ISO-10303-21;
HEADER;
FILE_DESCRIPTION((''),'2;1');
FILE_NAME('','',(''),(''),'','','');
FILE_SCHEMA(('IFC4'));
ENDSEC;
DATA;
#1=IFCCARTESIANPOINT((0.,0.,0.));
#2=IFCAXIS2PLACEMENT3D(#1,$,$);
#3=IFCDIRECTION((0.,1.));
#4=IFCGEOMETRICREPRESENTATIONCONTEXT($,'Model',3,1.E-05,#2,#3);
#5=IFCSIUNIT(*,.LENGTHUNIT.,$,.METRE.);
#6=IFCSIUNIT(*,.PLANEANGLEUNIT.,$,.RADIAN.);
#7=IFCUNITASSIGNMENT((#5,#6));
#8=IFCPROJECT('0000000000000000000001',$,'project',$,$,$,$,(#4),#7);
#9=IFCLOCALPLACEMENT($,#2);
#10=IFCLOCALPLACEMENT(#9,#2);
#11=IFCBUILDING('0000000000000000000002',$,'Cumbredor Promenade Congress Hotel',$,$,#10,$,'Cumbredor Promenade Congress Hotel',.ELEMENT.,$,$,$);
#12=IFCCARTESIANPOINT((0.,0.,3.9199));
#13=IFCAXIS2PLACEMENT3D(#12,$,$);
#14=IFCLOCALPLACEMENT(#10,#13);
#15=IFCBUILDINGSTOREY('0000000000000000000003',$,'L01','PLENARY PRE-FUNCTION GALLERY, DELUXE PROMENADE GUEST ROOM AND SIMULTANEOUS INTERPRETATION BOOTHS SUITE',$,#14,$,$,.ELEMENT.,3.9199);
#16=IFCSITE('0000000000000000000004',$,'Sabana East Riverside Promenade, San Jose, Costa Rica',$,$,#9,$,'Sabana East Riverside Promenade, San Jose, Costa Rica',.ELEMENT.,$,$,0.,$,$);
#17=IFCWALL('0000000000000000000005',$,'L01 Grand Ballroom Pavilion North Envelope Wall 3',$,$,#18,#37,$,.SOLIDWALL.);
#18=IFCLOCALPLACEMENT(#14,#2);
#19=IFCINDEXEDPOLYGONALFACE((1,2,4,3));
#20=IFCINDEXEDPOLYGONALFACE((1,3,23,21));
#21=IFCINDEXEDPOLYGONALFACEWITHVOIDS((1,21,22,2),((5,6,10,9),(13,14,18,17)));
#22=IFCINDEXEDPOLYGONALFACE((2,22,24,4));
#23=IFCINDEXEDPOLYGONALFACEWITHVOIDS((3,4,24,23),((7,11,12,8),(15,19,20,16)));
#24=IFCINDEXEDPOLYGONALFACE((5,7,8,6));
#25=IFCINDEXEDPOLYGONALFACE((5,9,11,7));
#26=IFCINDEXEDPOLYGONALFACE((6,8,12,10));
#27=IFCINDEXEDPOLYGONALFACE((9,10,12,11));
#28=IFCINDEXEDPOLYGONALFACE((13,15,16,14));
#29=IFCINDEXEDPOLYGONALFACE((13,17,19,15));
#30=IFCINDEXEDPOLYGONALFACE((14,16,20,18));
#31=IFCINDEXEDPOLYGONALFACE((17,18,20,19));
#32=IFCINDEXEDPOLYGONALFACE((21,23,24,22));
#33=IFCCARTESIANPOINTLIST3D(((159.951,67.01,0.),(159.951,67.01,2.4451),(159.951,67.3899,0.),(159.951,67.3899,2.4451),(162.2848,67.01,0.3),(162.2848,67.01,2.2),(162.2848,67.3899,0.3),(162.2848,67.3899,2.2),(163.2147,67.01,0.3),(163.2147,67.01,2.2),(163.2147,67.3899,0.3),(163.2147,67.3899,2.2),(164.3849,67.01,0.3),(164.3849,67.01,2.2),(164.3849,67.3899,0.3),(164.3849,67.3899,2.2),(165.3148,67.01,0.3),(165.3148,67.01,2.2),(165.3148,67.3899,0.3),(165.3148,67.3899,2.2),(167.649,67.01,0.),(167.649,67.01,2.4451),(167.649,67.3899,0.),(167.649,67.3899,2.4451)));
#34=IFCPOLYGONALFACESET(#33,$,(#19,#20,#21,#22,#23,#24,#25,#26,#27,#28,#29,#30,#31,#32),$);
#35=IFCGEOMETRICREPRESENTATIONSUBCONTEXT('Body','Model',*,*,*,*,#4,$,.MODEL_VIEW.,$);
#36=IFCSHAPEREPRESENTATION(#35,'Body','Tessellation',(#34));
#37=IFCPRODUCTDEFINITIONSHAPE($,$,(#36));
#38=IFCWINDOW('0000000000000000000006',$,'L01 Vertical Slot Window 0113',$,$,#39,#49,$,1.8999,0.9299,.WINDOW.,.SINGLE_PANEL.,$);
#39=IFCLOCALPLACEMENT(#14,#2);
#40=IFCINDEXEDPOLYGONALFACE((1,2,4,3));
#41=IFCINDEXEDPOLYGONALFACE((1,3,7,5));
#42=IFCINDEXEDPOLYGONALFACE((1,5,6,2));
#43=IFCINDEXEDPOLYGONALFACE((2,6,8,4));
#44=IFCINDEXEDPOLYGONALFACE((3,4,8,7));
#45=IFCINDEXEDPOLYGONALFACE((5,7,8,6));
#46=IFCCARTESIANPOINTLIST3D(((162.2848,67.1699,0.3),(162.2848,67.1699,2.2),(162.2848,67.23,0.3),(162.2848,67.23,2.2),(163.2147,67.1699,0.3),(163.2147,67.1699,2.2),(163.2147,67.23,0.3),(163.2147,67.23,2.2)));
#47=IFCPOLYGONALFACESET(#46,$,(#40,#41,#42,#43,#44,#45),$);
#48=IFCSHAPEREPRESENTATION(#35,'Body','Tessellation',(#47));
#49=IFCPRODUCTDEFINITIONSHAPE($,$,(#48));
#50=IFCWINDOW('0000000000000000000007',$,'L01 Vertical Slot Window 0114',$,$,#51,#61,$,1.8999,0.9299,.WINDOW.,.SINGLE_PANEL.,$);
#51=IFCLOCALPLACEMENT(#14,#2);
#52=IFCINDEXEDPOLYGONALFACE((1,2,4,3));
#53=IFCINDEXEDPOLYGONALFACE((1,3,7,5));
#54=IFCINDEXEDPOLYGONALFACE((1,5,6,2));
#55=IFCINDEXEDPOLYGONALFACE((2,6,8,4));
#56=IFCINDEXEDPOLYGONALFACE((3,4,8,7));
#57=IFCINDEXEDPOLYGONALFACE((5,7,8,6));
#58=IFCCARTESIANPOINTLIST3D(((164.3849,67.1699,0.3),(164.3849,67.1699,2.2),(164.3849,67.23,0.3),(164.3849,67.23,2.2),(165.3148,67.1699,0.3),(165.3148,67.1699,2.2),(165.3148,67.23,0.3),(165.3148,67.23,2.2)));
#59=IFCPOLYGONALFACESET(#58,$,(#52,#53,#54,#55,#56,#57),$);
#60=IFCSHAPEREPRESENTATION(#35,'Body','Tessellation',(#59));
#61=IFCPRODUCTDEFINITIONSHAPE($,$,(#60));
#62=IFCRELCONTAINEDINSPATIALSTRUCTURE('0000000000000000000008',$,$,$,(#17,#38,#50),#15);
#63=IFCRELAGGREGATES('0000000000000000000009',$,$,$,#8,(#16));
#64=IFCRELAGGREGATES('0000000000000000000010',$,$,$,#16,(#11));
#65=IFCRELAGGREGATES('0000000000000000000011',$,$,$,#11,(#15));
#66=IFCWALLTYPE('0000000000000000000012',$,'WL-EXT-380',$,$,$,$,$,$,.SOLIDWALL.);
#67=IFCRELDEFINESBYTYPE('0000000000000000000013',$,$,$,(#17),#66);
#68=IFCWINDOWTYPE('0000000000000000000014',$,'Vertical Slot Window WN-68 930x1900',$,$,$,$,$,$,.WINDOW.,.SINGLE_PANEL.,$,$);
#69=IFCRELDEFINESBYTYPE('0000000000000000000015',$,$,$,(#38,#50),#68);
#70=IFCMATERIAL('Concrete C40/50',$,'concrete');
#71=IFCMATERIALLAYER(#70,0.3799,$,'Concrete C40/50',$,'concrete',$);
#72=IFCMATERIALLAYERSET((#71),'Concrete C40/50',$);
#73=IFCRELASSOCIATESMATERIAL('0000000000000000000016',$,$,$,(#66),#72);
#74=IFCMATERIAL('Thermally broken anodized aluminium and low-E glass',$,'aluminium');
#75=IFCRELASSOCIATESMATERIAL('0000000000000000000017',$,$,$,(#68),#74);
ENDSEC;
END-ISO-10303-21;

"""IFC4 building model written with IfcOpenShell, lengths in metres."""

from ifc_helpers import new_model, si_unit, direction, frame, frame_2d, origin, place, context, subcontext, project, spatial, rectangle, extrude, material, layer, layer_set, type_object, element, fill, save


model = new_model("IFC4")

# Units and contexts
model_context = context("Model", 3, precision=1e-05, world=origin(), true_north=direction((0.0, 1.0)))
body_context = subcontext(model_context, "Body", "Model", "MODEL_VIEW")
ifc_project = project(units=[si_unit("LENGTHUNIT", "METRE"), si_unit("PLANEANGLEUNIT", "RADIAN")], contexts=[model_context])

# Site, building, storey
site_placement = place(None, origin())
site = spatial("IfcSite", under=ifc_project, at=site_placement, Name="Sabana East Riverside Promenade, San Jose, Costa Rica", LongName="Sabana East Riverside Promenade, San Jose, Costa Rica", CompositionType="ELEMENT", RefElevation=0.0)
building_placement = place(site_placement, origin())
building = spatial("IfcBuilding", under=site, at=building_placement, Name="Cumbredor Promenade Congress Hotel", LongName="Cumbredor Promenade Congress Hotel", CompositionType="ELEMENT")
storey_placement = place(building_placement, frame((0.0, 0.0, 3.9199)))
storey = spatial("IfcBuildingStorey", under=building, at=storey_placement, Name="L01", Description="PLENARY PRE-FUNCTION GALLERY, DELUXE PROMENADE GUEST ROOM AND SIMULTANEOUS INTERPRETATION BOOTHS SUITE", CompositionType="ELEMENT", Elevation=3.9199)

# Shared definitions
ifc_material_1 = material(Name="Concrete C40/50", Category="concrete")

# Shared definitions
ifc_material_2 = material(Name="Thermally broken anodized aluminium and low-E glass", Category="aluminium")

# Wall, openings, windows
ifc_layer_1 = layer(ifc_material_1, 0.3799, Name="Concrete C40/50", Category="concrete")
ifc_layer_set_1 = layer_set([ifc_layer_1], Name="Concrete C40/50")
wall_type = type_object("IfcWallType", Name="WL-EXT-380", PredefinedType="SOLIDWALL", material=ifc_layer_set_1)
wall_placement = place(storey_placement, frame((159.9509, 67.2, 0.0), z_axis=(0.0, 0.0, 1.0), x_axis=(1.0, 0.0, 0.0)))
wall = element("IfcWall", 1, at=wall_placement, inside=storey, type_object=wall_type, Name="L01 Grand Ballroom Pavilion North Envelope Wall 3", PredefinedType="SOLIDWALL", context=body_context, shape_type="SweptSolid", body=[
    extrude(rectangle(XDim=7.698, YDim=0.3799, at=frame_2d((3.8491, 0.0))), origin(), (0.0, 0.0, 1.0), 2.4451),
])
opening_1_placement = place(wall_placement, frame((2.334, 0.0, 0.3)))
opening_1 = element("IfcOpeningElement", 2, at=opening_1_placement, cuts=wall, PredefinedType="OPENING", context=body_context, shape_type="SweptSolid", body=[
    extrude(rectangle(XDim=0.9299, YDim=1.8999, at=frame_2d((0.4648, 0.95))), frame((0.0, 0.2, 0.0), z_axis=(0.0, -1.0, 0.0), x_axis=(1.0, 0.0, 0.0)), (0.0, 0.0, 1.0), 0.3999),
])
opening_2_placement = place(wall_placement, frame((4.4341, 0.0, 0.3)))
opening_2 = element("IfcOpeningElement", 3, at=opening_2_placement, cuts=wall, PredefinedType="OPENING", context=body_context, shape_type="SweptSolid", body=[
    extrude(rectangle(XDim=0.9299, YDim=1.8999, at=frame_2d((0.4648, 0.95))), frame((0.0, 0.2, 0.0), z_axis=(0.0, -1.0, 0.0), x_axis=(1.0, 0.0, 0.0)), (0.0, 0.0, 1.0), 0.3999),
])
window_type = type_object("IfcWindowType", Name="Vertical Slot Window WN-68 930x1900", PartitioningType="SINGLE_PANEL", PredefinedType="WINDOW", material=ifc_material_2)
window_1_placement = place(opening_1_placement, origin())
window_1 = element("IfcWindow", 4, at=window_1_placement, inside=storey, type_object=window_type, Name="L01 Vertical Slot Window 0113", OverallHeight=1.8999, OverallWidth=0.9299, PartitioningType="SINGLE_PANEL", PredefinedType="WINDOW", context=body_context, shape_type="SweptSolid", body=[
    extrude(rectangle(XDim=0.9299, YDim=1.8999, at=frame_2d((0.4648, 0.95))), frame((0.0, 0.03, 0.0), z_axis=(0.0, -1.0, 0.0), x_axis=(1.0, 0.0, 0.0)), (0.0, 0.0, 1.0), 0.0601),
])
fill(opening_1, window_1)
window_2_placement = place(opening_2_placement, origin())
window_2 = element("IfcWindow", 5, at=window_2_placement, inside=storey, type_object=window_type, Name="L01 Vertical Slot Window 0114", OverallHeight=1.8999, OverallWidth=0.9299, PartitioningType="SINGLE_PANEL", PredefinedType="WINDOW", context=body_context, shape_type="SweptSolid", body=[
    extrude(rectangle(XDim=0.9299, YDim=1.8999, at=frame_2d((0.4648, 0.95))), frame((0.0, 0.03, 0.0), z_axis=(0.0, -1.0, 0.0), x_axis=(1.0, 0.0, 0.0)), (0.0, 0.0, 1.0), 0.0601),
])
fill(opening_2, window_2)

save(model, "model.ifc")
